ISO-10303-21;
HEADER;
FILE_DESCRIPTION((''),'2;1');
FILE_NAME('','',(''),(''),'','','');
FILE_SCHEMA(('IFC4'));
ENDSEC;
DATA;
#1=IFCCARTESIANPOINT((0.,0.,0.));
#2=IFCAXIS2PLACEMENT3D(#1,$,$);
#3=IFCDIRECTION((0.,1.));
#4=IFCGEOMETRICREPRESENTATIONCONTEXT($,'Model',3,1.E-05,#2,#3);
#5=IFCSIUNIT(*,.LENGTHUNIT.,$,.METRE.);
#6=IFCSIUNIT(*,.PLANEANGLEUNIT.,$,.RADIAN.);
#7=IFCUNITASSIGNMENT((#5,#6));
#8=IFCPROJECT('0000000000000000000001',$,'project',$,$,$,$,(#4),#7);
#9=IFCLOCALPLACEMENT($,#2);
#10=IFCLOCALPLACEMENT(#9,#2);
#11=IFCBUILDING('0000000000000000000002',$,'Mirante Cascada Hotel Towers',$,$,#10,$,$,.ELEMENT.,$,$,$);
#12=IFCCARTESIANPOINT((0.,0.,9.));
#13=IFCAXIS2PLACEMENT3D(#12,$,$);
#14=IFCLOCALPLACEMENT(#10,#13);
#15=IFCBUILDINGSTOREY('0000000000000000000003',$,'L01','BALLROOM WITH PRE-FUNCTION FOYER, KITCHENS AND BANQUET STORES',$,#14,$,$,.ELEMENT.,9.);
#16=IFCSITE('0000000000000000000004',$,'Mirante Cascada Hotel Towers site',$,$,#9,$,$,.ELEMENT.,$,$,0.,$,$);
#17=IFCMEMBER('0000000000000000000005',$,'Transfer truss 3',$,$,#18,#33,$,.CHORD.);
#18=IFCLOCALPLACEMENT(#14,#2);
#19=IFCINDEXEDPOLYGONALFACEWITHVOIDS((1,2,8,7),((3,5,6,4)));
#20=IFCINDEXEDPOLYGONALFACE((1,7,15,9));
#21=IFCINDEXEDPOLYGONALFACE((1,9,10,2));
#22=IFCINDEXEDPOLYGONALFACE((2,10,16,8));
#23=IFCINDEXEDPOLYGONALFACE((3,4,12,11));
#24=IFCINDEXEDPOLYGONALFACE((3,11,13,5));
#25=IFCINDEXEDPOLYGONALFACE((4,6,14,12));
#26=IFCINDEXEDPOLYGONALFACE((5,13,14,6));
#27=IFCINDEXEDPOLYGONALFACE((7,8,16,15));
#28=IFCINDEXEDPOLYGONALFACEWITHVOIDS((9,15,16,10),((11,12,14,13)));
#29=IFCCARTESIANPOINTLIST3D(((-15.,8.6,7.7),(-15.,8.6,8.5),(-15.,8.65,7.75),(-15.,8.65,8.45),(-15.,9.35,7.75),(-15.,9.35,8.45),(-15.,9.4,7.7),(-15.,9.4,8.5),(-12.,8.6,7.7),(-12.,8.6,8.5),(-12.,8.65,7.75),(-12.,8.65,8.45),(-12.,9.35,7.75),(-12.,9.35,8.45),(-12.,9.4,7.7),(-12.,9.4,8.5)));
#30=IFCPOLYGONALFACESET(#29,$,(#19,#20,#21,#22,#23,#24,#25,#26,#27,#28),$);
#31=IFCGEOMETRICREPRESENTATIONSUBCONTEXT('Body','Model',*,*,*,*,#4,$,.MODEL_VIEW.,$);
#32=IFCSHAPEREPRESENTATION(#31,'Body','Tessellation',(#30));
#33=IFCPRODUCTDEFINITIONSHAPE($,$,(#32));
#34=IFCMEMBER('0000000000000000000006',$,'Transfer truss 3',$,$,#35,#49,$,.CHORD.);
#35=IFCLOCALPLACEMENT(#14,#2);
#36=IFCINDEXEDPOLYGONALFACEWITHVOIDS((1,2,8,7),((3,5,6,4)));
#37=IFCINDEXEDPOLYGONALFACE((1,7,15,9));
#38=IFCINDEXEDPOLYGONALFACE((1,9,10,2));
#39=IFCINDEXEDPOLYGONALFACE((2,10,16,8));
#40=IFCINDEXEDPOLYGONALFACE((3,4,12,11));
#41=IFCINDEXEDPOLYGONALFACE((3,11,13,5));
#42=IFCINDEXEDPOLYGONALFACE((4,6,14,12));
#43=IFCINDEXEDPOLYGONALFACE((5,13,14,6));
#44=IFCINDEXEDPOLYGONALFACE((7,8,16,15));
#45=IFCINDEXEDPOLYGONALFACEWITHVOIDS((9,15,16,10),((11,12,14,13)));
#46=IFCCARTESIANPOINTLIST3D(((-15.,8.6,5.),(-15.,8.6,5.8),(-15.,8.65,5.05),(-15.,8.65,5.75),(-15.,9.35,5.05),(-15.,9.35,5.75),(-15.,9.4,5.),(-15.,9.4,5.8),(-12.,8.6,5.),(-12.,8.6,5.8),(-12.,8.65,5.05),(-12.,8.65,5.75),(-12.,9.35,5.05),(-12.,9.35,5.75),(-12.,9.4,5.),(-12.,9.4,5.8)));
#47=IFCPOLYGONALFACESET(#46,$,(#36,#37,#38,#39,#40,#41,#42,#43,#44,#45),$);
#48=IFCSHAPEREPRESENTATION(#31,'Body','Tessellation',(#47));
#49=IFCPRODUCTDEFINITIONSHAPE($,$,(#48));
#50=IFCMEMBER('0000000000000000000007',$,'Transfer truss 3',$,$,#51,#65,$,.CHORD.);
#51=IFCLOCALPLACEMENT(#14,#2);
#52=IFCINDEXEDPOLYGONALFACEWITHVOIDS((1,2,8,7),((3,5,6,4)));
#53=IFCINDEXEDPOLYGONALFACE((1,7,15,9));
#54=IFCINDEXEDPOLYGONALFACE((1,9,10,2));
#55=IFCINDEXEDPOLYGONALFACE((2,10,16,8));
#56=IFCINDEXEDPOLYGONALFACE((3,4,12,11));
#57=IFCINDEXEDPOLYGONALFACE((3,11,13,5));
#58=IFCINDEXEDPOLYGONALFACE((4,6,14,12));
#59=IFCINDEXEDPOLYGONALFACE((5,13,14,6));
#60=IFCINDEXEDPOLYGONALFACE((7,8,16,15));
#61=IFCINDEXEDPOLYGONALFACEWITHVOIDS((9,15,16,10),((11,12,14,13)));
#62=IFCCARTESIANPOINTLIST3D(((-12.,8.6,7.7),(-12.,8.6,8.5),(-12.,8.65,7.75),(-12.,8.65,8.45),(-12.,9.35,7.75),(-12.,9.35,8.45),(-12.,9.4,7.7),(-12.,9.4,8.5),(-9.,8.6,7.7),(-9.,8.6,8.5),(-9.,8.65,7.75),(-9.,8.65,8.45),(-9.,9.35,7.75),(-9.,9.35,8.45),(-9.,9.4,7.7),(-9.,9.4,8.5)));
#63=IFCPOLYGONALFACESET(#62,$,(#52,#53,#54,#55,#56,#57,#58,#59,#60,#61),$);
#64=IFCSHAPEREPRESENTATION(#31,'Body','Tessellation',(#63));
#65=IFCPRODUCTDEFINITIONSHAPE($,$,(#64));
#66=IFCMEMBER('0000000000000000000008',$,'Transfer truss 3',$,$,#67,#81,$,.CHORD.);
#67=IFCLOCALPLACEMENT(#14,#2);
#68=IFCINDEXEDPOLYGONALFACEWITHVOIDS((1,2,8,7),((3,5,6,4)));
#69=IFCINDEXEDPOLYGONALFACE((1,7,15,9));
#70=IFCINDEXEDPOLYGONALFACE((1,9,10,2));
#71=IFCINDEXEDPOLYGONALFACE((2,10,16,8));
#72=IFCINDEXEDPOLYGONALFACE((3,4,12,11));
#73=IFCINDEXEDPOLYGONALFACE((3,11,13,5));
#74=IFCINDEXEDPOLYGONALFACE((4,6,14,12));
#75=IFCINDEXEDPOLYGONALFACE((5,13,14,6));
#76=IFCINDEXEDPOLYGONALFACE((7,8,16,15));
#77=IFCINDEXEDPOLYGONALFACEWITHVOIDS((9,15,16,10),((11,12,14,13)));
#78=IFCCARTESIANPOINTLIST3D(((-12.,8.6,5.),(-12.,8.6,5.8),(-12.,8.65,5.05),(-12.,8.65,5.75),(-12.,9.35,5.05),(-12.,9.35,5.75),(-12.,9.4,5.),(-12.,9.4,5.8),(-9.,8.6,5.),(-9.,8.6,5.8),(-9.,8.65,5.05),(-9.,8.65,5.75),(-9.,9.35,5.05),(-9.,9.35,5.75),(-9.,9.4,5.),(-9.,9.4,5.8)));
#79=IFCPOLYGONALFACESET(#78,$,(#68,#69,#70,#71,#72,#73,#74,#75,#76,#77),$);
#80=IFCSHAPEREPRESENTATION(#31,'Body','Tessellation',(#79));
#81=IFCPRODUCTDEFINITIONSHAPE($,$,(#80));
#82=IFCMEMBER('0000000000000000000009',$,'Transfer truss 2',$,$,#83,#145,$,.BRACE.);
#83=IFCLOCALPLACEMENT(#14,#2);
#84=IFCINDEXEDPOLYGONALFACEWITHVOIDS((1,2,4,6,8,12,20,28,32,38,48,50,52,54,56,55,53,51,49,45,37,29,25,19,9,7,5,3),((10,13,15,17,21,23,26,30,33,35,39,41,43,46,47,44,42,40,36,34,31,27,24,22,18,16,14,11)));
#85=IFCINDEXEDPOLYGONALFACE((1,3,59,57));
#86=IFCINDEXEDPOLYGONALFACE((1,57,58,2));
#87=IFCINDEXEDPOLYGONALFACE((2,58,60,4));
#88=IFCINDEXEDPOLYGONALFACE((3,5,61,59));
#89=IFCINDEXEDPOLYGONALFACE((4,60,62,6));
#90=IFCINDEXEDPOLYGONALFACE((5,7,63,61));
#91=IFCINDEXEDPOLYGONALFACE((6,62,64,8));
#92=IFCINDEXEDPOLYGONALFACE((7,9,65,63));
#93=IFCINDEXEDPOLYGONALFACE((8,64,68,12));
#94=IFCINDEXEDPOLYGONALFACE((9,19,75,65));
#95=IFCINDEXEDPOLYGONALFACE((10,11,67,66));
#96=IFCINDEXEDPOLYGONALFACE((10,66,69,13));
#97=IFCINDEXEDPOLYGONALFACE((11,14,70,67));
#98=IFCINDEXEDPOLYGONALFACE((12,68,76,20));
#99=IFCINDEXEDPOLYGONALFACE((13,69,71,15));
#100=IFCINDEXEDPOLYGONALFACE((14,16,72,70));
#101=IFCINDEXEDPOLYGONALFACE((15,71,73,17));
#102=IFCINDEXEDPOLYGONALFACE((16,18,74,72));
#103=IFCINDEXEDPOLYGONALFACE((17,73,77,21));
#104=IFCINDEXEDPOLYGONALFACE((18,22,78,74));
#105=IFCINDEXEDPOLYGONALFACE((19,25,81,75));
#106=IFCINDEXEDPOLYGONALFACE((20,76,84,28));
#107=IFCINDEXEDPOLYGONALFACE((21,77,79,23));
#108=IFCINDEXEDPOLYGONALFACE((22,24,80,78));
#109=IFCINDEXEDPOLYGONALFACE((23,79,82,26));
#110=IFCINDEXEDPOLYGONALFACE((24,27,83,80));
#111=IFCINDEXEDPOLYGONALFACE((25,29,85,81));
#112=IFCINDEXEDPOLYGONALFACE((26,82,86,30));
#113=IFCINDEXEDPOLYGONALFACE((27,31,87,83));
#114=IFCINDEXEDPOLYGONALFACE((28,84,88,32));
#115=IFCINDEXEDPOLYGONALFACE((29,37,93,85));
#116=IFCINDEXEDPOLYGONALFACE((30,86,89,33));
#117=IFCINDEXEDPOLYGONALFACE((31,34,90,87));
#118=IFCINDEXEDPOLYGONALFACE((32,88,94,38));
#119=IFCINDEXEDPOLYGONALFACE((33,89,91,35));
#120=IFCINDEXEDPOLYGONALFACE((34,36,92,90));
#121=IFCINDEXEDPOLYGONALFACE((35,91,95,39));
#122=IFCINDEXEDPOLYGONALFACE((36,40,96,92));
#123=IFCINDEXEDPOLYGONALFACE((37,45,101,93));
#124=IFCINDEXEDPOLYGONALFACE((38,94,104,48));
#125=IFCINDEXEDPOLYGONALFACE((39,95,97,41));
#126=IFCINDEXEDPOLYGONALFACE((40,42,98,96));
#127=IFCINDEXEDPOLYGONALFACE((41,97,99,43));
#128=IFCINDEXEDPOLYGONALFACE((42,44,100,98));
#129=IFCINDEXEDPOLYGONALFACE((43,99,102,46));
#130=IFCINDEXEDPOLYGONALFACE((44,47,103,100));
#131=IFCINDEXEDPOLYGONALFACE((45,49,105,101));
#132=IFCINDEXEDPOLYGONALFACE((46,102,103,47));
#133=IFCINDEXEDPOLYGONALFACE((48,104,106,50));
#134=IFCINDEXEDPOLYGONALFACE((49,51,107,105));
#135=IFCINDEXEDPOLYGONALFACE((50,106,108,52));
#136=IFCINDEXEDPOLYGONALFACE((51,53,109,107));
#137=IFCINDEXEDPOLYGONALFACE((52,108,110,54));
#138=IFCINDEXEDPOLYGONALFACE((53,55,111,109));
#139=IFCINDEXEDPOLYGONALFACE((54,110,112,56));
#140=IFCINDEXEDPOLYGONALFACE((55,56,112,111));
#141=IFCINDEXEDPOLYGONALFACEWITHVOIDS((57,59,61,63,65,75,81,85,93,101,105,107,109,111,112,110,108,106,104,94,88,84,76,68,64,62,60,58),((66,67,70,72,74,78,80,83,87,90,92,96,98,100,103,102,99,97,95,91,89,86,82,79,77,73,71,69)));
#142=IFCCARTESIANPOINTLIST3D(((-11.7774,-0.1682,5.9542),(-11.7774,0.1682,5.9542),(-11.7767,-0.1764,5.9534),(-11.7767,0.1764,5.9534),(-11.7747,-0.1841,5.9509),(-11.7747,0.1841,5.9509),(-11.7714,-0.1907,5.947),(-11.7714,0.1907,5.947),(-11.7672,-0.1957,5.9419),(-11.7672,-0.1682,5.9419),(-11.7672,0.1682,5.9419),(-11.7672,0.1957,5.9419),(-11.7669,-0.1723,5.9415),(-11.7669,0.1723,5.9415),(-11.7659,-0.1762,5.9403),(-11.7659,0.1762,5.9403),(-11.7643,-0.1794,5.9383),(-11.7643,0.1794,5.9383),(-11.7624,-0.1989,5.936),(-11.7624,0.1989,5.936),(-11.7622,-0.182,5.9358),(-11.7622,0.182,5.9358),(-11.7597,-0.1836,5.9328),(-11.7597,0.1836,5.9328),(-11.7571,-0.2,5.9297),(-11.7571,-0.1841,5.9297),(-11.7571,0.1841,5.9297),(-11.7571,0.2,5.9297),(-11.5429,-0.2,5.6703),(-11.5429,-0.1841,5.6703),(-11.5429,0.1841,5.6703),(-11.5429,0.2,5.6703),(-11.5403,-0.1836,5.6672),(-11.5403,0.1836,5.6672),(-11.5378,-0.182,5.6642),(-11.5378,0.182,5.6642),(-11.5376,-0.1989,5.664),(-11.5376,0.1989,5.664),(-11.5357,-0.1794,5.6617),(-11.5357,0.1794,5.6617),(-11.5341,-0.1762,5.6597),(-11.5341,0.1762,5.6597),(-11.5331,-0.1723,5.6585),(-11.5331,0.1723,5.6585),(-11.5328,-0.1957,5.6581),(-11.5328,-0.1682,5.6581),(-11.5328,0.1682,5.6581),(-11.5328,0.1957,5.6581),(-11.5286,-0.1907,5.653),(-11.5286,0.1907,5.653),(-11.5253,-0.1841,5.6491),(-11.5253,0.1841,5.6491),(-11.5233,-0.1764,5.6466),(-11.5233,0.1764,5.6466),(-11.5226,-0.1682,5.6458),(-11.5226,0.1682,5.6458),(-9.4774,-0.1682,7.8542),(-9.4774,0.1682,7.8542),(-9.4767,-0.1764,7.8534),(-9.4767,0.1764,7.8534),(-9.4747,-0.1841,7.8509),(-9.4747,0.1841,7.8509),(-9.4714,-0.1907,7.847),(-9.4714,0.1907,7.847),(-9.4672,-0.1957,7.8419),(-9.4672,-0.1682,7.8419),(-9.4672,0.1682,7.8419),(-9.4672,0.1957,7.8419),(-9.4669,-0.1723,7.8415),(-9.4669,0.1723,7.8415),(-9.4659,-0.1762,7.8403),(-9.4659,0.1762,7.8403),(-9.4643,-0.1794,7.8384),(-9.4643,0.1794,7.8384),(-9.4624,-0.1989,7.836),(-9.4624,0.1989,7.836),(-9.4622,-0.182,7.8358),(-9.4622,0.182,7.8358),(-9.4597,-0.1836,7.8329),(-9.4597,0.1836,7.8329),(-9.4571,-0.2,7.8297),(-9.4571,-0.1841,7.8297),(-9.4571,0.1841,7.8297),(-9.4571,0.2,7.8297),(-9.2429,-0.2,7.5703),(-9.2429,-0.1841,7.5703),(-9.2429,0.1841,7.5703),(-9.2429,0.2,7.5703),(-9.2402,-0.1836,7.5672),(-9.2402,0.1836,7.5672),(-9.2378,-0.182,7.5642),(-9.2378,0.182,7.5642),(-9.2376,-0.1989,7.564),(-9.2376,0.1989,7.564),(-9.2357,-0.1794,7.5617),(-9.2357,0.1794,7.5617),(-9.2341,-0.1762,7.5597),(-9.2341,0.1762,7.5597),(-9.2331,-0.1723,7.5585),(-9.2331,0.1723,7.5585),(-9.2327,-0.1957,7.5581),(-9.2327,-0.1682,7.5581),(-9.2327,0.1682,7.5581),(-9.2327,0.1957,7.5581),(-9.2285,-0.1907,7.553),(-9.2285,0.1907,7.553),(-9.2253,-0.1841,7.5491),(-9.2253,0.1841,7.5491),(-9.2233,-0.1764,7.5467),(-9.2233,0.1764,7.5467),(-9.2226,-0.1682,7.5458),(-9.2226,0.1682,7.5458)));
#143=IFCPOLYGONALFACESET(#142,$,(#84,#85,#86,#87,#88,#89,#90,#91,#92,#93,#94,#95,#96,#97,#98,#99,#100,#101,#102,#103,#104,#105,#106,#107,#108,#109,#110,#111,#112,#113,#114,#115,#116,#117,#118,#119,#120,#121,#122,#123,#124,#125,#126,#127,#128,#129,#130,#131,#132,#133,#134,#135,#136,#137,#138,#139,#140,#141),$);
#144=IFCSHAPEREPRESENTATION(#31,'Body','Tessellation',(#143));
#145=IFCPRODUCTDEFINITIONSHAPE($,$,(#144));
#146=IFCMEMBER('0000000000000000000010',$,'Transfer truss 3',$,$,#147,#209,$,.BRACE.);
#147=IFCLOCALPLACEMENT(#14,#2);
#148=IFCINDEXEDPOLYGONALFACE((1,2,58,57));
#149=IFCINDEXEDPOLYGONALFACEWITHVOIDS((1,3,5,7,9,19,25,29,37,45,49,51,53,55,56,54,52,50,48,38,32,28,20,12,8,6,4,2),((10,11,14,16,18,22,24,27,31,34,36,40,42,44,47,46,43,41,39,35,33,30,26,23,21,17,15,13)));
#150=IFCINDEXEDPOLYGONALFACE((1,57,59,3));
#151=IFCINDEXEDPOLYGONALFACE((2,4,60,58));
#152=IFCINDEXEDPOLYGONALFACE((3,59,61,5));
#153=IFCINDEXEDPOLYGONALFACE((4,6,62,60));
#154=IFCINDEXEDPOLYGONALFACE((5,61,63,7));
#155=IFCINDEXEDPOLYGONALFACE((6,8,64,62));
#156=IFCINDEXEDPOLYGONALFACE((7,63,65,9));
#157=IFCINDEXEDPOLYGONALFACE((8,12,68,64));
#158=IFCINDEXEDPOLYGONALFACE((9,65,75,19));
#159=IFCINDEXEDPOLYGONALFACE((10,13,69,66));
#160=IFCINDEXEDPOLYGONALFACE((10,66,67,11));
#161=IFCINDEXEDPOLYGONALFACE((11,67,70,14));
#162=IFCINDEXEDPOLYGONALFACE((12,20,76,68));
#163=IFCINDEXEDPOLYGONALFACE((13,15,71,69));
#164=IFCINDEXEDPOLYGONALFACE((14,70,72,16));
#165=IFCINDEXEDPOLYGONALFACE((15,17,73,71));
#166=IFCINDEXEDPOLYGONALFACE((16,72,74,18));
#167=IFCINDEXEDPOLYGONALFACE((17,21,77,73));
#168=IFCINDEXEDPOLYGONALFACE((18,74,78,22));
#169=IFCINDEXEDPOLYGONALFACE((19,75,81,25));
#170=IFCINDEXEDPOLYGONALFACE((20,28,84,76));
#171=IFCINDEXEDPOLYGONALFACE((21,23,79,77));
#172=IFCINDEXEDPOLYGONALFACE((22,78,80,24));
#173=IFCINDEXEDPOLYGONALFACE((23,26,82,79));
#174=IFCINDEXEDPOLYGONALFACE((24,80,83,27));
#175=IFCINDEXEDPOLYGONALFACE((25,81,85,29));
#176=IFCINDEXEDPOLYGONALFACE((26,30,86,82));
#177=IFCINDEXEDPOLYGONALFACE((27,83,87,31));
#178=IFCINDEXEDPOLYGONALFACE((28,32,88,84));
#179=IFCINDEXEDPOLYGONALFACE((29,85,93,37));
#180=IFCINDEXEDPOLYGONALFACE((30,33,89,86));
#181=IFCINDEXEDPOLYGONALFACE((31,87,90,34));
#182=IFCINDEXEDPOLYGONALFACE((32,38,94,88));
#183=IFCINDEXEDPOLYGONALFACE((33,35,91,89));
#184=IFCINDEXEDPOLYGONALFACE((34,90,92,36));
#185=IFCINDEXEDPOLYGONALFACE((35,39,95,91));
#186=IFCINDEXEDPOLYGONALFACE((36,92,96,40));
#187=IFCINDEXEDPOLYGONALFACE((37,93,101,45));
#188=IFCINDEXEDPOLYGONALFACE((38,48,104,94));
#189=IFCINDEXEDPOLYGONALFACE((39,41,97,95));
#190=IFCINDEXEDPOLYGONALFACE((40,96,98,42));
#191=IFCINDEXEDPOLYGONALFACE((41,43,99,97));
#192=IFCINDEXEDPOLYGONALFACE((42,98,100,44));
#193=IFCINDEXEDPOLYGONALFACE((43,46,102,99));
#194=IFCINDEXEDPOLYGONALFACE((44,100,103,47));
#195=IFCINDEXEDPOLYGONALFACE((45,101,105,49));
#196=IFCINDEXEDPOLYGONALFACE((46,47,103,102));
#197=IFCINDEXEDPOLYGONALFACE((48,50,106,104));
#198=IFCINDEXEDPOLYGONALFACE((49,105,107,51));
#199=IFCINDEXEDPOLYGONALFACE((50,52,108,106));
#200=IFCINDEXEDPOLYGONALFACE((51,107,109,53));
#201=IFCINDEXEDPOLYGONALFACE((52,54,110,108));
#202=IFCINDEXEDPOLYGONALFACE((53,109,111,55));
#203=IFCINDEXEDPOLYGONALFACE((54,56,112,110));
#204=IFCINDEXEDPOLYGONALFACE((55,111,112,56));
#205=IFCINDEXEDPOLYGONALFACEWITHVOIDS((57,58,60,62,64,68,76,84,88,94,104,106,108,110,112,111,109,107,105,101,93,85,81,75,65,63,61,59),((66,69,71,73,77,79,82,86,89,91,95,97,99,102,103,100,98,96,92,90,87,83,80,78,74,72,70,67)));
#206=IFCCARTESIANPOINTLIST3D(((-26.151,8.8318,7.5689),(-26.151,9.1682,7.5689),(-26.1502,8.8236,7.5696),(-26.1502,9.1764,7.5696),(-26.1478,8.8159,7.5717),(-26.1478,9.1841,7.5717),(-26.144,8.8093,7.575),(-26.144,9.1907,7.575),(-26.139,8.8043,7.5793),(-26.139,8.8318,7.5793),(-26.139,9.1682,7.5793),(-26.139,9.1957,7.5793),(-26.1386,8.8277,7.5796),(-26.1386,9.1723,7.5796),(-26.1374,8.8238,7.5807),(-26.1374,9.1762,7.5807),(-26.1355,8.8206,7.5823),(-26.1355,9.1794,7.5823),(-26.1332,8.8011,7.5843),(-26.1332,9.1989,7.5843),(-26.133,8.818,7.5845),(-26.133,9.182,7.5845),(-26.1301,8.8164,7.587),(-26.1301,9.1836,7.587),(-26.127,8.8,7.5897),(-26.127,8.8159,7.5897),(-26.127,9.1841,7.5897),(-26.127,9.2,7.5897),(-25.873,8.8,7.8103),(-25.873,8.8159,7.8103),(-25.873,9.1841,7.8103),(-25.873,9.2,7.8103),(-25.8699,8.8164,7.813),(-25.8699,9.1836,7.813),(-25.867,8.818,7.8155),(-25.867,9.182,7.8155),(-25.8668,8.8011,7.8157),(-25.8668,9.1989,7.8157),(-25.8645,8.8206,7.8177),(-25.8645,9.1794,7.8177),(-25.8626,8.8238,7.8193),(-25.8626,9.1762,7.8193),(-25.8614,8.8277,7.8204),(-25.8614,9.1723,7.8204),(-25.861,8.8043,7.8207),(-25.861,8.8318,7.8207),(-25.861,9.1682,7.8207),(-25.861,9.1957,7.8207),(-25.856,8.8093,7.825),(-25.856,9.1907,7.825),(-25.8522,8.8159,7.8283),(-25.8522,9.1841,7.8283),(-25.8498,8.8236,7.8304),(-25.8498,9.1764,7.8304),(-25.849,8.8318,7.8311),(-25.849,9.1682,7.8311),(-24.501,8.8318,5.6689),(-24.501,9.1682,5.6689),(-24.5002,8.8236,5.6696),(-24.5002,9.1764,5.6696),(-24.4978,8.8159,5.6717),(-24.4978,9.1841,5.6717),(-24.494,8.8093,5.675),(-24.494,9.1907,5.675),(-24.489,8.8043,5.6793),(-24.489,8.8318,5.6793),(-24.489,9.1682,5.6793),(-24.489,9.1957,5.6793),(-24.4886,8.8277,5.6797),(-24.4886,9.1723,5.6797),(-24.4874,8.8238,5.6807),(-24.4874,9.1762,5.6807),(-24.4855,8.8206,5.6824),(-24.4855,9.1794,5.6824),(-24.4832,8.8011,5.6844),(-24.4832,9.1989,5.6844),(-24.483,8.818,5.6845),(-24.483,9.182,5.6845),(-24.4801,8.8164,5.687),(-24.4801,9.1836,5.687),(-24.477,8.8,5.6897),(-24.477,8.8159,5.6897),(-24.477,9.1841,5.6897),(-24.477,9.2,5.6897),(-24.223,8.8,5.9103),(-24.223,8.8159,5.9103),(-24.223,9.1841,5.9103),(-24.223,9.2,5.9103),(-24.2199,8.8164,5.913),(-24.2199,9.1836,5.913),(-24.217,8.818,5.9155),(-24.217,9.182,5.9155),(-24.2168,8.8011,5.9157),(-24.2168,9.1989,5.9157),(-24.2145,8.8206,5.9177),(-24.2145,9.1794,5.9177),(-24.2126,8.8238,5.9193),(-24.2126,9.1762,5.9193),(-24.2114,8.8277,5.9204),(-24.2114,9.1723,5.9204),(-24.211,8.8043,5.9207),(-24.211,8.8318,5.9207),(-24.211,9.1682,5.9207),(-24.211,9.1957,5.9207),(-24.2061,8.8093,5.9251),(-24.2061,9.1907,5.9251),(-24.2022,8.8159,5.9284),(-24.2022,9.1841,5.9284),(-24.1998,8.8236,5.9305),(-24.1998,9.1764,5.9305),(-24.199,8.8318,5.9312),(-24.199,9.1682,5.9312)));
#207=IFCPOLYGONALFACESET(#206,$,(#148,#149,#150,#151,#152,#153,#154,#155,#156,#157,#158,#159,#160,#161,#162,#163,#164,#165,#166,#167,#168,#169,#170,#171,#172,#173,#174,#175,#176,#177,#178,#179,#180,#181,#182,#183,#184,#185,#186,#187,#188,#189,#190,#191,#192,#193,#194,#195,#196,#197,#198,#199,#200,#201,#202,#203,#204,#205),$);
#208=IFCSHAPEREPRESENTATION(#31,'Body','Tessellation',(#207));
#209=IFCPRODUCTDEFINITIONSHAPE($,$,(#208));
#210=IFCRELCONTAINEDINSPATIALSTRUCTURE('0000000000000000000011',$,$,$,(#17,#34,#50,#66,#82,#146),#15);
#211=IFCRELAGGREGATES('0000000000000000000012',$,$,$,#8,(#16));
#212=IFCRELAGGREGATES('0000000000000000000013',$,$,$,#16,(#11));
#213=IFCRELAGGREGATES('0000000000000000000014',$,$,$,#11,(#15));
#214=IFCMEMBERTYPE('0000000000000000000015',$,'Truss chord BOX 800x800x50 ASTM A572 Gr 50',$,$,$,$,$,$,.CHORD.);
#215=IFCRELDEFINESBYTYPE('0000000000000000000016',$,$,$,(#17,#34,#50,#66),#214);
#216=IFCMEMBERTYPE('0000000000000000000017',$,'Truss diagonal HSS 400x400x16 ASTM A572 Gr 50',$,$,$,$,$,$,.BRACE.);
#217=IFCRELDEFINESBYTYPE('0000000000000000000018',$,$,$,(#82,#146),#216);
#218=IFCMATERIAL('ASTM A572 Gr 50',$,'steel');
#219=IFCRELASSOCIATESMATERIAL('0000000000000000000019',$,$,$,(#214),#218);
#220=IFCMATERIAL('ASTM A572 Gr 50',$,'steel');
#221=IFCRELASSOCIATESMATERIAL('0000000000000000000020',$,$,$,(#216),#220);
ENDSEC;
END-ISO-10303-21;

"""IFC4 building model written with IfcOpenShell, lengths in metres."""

from ifc_helpers import new_model, si_unit, direction, frame, origin, origin_2d, place, context, subcontext, project, spatial, hollow_rectangle, extrude, material, material_profile, profile_set, type_object, element, save


model = new_model("IFC4")

# Units and contexts
model_context = context("Model", 3, precision=1e-05, world=origin(), true_north=direction((0.0, 1.0)))
body_context = subcontext(model_context, "Body", "Model", "MODEL_VIEW")
ifc_project = project(units=[si_unit("LENGTHUNIT", "METRE"), si_unit("PLANEANGLEUNIT", "RADIAN")], contexts=[model_context])

# Site, building, storey
site_placement = place(None, origin())
site = spatial("IfcSite", under=ifc_project, at=site_placement, Name="Mirante Cascada Hotel Towers site", CompositionType="ELEMENT", RefElevation=0.0)
building_placement = place(site_placement, origin())
building = spatial("IfcBuilding", under=site, at=building_placement, Name="Mirante Cascada Hotel Towers", CompositionType="ELEMENT")
storey_placement = place(building_placement, frame((0.0, 0.0, 9.0)))
storey = spatial("IfcBuildingStorey", under=building, at=storey_placement, Name="L01", Description="BALLROOM WITH PRE-FUNCTION FOYER, KITCHENS AND BANQUET STORES", CompositionType="ELEMENT", Elevation=9.0)

# Members
ifc_material_1 = material(Name="ASTM A572 Gr 50", Category="steel")
ifc_material_profile_1 = material_profile(ifc_material_1, hollow_rectangle(XDim=0.8, YDim=0.8, WallThickness=0.05, at=origin_2d()), Name="BOX 800x800x50")
ifc_profile_set_1 = profile_set([ifc_material_profile_1], Name="ASTM A572 Gr 50")
member_type_1 = type_object("IfcMemberType", Name="Truss chord BOX 800x800x50 ASTM A572 Gr 50", PredefinedType="CHORD", material=ifc_profile_set_1)
for number, where, z_axis, x_axis, name in (
    (1, (-15.0, 9.0, 8.1), (1.0, 0.0, 0.0), (0.0, 1.0, 0.0), "Transfer truss 3"),
    (2, (-15.0, 9.0, 5.4), (1.0, 0.0, 0.0), (0.0, 1.0, 0.0), "Transfer truss 3"),
    (3, (-12.0, 9.0, 8.1), (1.0, 0.0, 0.0), (0.0, 1.0, 0.0), "Transfer truss 3"),
    (4, (-12.0, 9.0, 5.4), (1.0, 0.0, 0.0), (0.0, 1.0, 0.0), "Transfer truss 3"),
):
    element("IfcMember", number, at=place(storey_placement, frame(where, z_axis=z_axis, x_axis=x_axis)), inside=storey, type_object=member_type_1, Name=name, PredefinedType="CHORD", context=body_context, shape_type="SweptSolid", body=[
        extrude(hollow_rectangle(XDim=0.8, YDim=0.8, WallThickness=0.05, at=origin_2d()), origin(), (0.0, 0.0, 1.0), 3.0),
    ])
ifc_material_2 = material(Name="ASTM A572 Gr 50", Category="steel")
ifc_material_profile_2 = material_profile(ifc_material_2, hollow_rectangle(XDim=0.4, YDim=0.4, WallThickness=0.0159, InnerFilletRadius=0.0159, OuterFilletRadius=0.0318, at=origin_2d()), Name="HSS 400x400x16")
ifc_profile_set_2 = profile_set([ifc_material_profile_2], Name="ASTM A572 Gr 50")
member_type_2 = type_object("IfcMemberType", Name="Truss diagonal HSS 400x400x16 ASTM A572 Gr 50", PredefinedType="BRACE", material=ifc_profile_set_2)
member_1_placement = place(storey_placement, frame((-11.65, 0.0, 5.8), z_axis=(0.770962, 0.0, 0.636881), x_axis=(0.0, 1.0, 0.0)))
element("IfcMember", 5, at=member_1_placement, inside=storey, type_object=member_type_2, Name="Transfer truss 2", PredefinedType="BRACE", context=body_context, shape_type="SweptSolid", body=[
    extrude(hollow_rectangle(XDim=0.4, YDim=0.4, WallThickness=0.0159, InnerFilletRadius=0.0159, OuterFilletRadius=0.0318, at=origin_2d()), origin(), (0.0, 0.0, 1.0), 2.9833),
])
member_2_placement = place(storey_placement, frame((-26.0, 9.0, 7.7), z_axis=(0.655687, 0.0, -0.755033), x_axis=(0.0, 1.0, 0.0)))
element("IfcMember", 6, at=member_2_placement, inside=storey, type_object=member_type_2, Name="Transfer truss 3", PredefinedType="BRACE", context=body_context, shape_type="SweptSolid", body=[
    extrude(hollow_rectangle(XDim=0.4, YDim=0.4, WallThickness=0.0159, InnerFilletRadius=0.0159, OuterFilletRadius=0.0318, at=origin_2d()), origin(), (0.0, 0.0, 1.0), 2.5164),
])

save(model, "model.ifc")
